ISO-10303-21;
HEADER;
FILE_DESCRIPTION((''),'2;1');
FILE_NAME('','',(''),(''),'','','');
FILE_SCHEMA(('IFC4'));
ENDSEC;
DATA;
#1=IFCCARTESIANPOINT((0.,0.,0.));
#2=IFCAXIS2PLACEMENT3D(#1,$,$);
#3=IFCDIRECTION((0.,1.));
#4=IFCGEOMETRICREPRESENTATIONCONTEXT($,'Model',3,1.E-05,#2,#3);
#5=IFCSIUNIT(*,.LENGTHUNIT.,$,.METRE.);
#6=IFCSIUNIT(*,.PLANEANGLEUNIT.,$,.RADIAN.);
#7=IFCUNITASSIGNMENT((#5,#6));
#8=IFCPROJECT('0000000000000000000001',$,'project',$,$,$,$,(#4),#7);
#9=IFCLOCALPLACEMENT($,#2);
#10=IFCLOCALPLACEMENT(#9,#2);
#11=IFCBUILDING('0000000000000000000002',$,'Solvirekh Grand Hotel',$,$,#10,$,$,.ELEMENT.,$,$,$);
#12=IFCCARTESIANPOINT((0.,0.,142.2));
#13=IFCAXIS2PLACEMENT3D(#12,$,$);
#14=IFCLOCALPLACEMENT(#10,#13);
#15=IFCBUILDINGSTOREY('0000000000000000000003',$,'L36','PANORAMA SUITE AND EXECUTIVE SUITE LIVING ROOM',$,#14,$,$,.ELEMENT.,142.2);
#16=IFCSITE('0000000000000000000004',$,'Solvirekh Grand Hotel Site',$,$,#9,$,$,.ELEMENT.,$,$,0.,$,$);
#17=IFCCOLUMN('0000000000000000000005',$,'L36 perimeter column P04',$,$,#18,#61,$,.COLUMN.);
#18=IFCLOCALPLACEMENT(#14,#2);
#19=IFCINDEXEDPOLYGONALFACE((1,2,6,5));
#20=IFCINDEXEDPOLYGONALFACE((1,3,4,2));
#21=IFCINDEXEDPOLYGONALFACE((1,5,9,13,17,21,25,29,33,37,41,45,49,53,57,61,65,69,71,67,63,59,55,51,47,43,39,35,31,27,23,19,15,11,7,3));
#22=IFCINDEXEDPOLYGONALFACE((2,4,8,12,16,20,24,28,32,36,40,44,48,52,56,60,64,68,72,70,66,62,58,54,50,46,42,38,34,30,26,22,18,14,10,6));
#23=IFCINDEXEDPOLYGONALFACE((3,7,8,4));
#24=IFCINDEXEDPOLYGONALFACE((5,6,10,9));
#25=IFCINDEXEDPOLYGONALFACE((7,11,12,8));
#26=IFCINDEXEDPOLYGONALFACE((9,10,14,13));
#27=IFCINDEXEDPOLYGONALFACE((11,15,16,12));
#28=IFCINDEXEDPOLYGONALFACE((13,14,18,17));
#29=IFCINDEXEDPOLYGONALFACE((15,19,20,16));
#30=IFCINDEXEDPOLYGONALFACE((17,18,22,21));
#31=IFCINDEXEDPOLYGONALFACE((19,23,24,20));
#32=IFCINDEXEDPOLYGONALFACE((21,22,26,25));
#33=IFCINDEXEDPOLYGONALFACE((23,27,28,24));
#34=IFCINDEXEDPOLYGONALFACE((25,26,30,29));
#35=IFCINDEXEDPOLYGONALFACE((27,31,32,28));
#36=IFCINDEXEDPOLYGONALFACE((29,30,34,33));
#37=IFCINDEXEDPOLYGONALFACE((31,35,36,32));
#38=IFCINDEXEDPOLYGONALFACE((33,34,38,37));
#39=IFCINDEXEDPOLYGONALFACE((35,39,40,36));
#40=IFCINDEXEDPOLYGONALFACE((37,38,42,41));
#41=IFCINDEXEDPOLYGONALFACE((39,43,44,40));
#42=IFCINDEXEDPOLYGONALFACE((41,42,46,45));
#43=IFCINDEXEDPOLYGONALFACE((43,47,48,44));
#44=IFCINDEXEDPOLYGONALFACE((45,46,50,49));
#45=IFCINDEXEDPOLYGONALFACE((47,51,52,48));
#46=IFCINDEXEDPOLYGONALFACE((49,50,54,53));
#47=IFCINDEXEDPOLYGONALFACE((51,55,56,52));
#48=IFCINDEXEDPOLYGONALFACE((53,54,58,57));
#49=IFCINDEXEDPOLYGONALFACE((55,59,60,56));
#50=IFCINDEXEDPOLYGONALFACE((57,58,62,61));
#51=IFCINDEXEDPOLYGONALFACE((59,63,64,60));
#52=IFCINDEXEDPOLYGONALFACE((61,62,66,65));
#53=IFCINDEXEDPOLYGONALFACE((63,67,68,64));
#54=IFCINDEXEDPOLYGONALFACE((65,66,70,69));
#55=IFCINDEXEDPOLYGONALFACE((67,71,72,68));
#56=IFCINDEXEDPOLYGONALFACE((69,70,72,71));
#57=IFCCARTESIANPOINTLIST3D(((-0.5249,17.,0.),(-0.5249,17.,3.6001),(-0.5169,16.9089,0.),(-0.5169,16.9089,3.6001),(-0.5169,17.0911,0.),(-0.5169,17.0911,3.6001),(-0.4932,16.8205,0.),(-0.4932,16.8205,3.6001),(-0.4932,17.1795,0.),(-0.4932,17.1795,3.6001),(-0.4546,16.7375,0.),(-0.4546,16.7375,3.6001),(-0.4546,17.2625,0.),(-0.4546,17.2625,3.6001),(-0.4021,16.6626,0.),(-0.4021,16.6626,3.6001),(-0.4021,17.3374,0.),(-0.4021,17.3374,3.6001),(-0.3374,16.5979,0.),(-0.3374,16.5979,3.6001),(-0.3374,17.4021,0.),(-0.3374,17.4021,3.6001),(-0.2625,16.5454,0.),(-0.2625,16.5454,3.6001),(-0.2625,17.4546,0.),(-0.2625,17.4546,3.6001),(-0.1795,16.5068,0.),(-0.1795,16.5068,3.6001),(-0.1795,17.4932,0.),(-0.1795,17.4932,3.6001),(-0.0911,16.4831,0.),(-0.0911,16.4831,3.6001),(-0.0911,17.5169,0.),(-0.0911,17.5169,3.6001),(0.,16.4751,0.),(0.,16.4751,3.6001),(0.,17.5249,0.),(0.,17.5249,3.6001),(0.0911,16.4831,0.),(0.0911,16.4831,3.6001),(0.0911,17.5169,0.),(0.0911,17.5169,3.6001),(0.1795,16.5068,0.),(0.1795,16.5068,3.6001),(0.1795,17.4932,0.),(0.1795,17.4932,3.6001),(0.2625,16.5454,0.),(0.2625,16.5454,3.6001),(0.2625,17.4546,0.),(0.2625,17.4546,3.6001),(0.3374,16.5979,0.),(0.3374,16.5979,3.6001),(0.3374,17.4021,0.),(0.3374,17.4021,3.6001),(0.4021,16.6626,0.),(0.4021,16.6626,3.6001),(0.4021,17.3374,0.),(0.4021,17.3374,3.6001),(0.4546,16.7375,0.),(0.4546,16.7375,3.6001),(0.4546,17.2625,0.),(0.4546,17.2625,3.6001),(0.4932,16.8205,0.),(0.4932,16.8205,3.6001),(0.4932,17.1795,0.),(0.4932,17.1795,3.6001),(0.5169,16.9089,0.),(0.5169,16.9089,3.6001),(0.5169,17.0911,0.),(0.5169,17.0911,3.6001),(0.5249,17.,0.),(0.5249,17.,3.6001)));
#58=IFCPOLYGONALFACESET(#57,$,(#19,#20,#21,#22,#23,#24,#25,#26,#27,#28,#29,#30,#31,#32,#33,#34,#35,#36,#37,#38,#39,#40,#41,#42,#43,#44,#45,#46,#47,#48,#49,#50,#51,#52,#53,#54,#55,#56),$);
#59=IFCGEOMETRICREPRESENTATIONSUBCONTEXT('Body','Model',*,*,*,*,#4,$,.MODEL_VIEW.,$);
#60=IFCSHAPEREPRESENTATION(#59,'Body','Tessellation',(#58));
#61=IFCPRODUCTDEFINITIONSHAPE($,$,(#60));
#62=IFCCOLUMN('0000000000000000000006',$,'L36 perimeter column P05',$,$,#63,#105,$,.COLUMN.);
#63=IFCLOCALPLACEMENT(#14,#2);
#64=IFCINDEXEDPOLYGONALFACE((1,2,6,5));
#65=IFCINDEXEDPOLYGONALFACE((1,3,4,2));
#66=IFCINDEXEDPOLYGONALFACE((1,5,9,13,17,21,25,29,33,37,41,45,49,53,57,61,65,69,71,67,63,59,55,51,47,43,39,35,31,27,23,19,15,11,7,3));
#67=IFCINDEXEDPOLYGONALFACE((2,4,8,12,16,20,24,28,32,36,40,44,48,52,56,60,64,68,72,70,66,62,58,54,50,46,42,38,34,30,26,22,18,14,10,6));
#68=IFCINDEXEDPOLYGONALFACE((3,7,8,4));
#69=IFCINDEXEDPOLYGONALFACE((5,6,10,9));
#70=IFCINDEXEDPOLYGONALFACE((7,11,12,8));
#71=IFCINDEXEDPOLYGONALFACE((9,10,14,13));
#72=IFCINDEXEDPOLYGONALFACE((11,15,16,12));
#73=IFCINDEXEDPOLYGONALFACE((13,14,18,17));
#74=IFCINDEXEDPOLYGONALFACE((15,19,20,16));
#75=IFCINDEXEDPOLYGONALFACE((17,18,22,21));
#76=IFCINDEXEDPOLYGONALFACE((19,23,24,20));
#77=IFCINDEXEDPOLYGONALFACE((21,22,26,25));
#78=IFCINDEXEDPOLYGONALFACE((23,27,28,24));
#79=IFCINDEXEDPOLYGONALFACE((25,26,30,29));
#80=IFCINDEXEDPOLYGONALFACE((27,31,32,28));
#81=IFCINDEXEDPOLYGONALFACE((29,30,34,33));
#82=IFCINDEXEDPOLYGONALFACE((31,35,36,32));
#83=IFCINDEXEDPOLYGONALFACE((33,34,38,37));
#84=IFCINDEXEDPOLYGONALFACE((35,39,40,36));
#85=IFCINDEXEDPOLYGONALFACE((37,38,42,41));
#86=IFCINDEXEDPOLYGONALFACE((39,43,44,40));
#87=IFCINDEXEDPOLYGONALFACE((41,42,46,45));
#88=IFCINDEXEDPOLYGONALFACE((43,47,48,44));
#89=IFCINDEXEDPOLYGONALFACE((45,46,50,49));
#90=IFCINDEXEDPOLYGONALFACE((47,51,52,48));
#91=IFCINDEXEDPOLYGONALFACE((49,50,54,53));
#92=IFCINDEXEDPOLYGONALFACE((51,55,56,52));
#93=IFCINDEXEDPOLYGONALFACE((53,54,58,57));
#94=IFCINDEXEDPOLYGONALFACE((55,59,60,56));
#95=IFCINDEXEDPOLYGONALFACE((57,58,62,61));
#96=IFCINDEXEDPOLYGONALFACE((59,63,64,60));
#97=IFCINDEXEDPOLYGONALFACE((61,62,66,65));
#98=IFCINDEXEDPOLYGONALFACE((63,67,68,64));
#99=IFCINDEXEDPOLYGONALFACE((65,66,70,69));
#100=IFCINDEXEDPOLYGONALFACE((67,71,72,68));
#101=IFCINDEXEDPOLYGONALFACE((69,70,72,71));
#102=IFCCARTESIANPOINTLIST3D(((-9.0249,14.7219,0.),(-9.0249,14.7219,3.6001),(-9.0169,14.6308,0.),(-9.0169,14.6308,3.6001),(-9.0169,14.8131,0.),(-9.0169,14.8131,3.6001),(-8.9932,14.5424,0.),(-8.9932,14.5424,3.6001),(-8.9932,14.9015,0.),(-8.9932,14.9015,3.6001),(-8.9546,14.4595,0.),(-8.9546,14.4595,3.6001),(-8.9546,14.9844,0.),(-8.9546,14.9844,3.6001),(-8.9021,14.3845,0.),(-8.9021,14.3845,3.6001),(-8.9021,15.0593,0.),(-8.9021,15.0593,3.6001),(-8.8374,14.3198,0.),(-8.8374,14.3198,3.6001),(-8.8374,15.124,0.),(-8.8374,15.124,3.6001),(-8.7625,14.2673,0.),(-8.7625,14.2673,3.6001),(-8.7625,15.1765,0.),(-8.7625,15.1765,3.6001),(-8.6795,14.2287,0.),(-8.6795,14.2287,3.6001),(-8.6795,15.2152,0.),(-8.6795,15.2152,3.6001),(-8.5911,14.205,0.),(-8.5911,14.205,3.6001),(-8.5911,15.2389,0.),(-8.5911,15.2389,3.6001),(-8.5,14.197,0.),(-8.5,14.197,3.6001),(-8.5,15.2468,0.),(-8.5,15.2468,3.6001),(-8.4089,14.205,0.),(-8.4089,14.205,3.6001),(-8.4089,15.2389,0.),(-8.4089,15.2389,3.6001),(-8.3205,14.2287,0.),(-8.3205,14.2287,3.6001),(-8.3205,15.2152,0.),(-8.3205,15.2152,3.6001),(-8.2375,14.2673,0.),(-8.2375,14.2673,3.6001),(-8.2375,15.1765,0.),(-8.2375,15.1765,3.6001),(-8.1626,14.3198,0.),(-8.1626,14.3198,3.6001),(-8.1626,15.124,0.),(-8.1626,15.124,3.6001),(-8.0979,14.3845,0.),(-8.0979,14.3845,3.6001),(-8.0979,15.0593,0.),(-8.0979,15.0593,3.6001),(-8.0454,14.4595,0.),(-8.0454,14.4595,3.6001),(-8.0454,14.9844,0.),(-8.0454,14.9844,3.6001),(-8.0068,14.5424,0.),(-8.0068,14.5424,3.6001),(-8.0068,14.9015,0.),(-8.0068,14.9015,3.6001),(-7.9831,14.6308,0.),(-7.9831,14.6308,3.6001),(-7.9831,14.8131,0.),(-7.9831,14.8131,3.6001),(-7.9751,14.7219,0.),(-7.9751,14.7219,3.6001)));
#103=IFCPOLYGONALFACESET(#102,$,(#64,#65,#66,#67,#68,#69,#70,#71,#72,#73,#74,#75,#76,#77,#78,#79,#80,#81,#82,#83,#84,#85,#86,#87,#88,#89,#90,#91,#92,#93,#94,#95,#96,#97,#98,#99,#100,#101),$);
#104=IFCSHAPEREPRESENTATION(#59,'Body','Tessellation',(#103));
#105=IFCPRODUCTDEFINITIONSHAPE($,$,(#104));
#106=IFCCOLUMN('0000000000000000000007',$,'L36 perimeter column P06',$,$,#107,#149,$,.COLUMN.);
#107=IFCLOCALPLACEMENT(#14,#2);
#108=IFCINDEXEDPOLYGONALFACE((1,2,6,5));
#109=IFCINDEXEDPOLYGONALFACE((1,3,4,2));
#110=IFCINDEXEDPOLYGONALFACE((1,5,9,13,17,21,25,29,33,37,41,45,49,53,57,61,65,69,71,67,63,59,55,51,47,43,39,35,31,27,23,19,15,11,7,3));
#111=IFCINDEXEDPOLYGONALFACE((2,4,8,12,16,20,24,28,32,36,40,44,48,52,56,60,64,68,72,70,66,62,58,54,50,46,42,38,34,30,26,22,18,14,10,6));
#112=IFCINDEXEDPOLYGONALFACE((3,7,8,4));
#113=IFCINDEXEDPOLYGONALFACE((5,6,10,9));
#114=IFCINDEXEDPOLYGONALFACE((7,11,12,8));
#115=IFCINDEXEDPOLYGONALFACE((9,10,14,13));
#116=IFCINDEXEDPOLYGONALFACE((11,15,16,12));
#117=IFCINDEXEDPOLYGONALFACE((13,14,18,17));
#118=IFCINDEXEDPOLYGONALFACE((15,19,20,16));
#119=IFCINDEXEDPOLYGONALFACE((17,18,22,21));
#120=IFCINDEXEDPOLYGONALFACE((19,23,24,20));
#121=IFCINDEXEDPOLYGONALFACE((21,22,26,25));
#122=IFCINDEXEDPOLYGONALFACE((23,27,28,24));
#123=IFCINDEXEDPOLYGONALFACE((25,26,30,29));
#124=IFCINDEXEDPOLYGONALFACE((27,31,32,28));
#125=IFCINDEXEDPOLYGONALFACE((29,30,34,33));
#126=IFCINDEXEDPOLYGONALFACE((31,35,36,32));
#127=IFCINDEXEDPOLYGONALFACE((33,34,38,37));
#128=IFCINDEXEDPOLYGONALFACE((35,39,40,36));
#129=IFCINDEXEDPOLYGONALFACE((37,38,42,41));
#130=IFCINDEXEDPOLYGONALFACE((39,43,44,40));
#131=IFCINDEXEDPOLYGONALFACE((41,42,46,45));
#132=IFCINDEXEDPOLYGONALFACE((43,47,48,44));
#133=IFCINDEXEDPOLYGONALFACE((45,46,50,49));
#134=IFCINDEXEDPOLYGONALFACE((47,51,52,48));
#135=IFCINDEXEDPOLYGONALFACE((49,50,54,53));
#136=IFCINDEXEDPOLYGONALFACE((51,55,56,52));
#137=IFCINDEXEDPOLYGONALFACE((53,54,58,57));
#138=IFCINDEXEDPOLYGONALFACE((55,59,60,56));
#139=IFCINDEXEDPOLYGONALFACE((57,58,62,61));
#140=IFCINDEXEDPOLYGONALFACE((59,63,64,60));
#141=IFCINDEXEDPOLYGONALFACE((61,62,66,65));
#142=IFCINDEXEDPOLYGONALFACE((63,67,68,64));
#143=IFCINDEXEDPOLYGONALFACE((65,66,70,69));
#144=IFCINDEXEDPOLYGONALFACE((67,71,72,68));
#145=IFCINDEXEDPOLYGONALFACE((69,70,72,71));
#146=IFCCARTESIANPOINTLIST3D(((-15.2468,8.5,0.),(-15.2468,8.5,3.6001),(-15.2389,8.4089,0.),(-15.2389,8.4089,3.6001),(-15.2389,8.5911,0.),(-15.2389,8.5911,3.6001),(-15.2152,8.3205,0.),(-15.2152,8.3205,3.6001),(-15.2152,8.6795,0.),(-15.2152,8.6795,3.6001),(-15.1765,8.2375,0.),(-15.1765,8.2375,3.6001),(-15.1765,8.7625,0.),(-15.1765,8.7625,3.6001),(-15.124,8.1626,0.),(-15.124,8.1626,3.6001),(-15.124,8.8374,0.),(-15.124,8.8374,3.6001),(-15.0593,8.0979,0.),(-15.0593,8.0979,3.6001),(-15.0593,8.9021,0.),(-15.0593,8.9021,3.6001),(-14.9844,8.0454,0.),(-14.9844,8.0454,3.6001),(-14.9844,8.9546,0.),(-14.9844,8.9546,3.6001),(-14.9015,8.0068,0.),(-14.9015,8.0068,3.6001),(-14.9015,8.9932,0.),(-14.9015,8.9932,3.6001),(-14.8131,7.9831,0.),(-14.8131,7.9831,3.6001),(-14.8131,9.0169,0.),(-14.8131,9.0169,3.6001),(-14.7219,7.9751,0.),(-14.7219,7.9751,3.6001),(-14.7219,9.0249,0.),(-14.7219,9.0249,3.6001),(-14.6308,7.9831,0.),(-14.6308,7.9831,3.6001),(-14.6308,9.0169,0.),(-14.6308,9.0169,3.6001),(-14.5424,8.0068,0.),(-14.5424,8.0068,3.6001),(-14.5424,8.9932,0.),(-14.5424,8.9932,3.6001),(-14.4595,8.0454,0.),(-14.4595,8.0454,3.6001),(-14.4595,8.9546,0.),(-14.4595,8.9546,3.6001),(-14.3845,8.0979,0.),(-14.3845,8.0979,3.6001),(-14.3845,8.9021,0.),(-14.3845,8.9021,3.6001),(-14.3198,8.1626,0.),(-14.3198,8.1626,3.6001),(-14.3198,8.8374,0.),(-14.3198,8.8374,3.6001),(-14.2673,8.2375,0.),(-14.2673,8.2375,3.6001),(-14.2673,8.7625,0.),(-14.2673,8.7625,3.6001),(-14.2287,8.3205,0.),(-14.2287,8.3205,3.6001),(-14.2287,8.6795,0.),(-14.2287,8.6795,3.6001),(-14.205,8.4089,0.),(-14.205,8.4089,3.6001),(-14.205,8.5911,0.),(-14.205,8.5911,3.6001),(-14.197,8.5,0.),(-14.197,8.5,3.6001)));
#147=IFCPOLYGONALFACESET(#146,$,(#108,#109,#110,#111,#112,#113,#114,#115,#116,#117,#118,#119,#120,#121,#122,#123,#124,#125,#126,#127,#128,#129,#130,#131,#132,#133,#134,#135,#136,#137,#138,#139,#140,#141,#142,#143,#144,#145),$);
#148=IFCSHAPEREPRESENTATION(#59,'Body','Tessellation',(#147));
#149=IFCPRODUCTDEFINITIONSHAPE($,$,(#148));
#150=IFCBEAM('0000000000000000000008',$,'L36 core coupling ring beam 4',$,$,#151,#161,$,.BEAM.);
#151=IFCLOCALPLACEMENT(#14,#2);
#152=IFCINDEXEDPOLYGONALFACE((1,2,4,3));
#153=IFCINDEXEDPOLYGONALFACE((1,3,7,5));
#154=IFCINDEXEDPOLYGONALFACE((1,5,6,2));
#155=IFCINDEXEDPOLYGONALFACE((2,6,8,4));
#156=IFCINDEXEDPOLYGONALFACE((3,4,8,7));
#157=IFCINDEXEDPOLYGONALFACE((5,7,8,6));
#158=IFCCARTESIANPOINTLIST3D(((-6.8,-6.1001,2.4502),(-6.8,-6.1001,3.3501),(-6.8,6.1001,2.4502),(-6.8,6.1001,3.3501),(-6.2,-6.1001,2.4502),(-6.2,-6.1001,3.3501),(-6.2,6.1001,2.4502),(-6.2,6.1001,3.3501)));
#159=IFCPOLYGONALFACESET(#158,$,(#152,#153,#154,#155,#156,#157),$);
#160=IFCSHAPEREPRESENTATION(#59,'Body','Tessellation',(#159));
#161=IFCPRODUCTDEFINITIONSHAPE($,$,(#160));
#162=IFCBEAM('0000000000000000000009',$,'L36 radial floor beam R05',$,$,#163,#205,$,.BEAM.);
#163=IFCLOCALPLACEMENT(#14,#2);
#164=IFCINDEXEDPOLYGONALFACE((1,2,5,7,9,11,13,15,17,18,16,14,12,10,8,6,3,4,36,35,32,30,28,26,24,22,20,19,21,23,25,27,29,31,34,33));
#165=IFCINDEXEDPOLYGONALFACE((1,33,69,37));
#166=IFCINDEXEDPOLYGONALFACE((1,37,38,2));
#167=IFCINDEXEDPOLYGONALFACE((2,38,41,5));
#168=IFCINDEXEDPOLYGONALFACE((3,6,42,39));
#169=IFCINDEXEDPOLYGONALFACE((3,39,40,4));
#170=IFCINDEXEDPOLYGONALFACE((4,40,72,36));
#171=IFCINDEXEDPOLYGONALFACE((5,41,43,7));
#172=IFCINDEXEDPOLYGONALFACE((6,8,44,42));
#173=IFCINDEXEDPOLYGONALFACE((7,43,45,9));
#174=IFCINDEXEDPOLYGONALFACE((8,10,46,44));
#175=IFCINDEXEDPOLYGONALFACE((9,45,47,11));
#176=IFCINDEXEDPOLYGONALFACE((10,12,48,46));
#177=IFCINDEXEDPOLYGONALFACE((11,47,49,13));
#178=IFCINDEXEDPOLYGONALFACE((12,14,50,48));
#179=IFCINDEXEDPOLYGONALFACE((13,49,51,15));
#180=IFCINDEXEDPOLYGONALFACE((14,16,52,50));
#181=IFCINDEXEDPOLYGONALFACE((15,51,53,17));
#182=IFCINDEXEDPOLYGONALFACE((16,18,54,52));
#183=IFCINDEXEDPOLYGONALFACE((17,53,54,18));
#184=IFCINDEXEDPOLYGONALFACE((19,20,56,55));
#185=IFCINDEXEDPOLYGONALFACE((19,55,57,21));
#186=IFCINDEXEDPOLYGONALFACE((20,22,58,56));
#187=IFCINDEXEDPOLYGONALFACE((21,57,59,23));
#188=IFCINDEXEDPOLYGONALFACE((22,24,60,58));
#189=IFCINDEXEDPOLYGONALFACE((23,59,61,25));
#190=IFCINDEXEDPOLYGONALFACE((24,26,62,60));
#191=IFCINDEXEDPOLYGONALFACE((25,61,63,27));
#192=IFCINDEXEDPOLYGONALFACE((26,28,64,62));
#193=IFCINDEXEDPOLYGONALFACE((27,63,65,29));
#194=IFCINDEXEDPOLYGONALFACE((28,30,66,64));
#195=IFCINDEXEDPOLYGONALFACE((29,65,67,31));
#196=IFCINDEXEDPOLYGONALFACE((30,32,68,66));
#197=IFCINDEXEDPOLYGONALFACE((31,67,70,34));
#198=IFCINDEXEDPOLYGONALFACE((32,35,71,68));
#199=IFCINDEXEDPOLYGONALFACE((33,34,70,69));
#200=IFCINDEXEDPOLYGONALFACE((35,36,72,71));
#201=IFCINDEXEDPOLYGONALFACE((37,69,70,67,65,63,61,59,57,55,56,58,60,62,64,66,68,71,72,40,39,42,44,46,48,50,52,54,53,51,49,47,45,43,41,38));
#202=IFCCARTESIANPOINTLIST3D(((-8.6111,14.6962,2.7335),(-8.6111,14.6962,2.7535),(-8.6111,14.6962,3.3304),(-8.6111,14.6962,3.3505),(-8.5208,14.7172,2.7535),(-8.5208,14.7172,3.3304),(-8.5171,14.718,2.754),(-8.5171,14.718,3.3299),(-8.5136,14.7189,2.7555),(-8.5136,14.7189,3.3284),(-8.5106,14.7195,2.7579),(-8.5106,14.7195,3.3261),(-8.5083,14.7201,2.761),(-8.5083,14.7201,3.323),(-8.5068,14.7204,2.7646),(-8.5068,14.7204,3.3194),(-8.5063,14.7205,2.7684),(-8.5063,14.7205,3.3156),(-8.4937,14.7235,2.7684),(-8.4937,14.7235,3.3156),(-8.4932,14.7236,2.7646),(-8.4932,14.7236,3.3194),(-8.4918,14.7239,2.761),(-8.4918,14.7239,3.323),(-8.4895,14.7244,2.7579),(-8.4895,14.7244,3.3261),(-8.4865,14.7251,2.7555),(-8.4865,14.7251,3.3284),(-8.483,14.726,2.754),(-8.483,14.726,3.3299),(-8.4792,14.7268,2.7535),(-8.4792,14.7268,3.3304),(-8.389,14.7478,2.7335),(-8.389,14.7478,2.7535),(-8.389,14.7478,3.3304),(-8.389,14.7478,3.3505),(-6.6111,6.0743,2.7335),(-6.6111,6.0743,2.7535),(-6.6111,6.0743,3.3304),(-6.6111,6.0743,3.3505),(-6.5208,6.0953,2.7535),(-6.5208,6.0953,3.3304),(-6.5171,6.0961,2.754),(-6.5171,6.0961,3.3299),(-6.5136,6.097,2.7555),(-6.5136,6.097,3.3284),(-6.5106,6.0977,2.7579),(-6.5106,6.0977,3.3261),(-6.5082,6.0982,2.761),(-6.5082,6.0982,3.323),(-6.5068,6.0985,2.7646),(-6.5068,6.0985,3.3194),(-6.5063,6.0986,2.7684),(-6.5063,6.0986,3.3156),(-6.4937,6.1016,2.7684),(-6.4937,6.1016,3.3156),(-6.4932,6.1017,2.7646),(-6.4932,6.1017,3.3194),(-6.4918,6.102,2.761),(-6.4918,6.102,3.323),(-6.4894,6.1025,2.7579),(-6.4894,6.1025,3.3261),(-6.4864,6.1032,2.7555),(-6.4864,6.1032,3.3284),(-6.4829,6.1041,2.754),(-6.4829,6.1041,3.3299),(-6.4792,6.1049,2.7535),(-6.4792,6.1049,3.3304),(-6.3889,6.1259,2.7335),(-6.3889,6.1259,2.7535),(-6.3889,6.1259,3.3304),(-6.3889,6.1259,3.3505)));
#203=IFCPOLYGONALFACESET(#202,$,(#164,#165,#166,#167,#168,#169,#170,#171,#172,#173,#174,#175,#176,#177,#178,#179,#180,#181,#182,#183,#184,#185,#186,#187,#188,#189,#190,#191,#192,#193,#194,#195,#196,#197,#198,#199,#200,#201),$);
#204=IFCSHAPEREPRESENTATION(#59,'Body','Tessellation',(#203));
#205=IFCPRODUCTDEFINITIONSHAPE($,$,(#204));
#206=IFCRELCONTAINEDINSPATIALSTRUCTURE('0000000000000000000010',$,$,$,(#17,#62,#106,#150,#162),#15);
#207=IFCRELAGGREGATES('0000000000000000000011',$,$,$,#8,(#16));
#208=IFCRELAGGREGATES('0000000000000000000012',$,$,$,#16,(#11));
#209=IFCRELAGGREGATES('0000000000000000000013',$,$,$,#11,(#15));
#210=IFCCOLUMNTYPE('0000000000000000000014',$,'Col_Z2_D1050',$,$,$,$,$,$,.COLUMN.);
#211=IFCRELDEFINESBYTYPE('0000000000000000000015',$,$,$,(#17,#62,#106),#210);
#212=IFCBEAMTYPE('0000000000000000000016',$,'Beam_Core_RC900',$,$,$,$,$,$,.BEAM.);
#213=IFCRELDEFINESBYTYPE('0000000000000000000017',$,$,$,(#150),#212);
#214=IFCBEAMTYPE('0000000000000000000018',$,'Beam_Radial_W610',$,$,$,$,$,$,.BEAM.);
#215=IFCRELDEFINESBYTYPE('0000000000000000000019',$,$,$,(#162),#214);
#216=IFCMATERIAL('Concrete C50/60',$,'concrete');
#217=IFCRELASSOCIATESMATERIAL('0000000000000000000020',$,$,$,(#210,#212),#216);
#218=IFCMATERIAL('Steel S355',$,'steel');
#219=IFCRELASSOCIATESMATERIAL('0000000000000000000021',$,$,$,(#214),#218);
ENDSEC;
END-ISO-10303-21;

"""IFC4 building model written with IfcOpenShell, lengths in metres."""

from ifc_helpers import new_model, si_unit, direction, frame, origin, origin_2d, place, context, subcontext, project, spatial, rectangle, circle, i_section, extrude, material, material_profile, profile_set, type_object, element, save


model = new_model("IFC4")

# Units and contexts
model_context = context("Model", 3, precision=1e-05, world=origin(), true_north=direction((0.0, 1.0)))
body_context = subcontext(model_context, "Body", "Model", "MODEL_VIEW")
ifc_project = project(units=[si_unit("LENGTHUNIT", "METRE"), si_unit("PLANEANGLEUNIT", "RADIAN")], contexts=[model_context])

# Site, building, storey
site_placement = place(None, origin())
site = spatial("IfcSite", under=ifc_project, at=site_placement, Name="Solvirekh Grand Hotel Site", CompositionType="ELEMENT", RefElevation=0.0)
building_placement = place(site_placement, origin())
building = spatial("IfcBuilding", under=site, at=building_placement, Name="Solvirekh Grand Hotel", CompositionType="ELEMENT")
storey_placement = place(building_placement, frame((0.0, 0.0, 142.2)))
storey = spatial("IfcBuildingStorey", under=building, at=storey_placement, Name="L36", Description="PANORAMA SUITE AND EXECUTIVE SUITE LIVING ROOM", CompositionType="ELEMENT", Elevation=142.2)

# Columns
ifc_material_1 = material(Name="Concrete C50/60", Category="concrete")
ifc_material_profile_1 = material_profile(ifc_material_1, circle(Radius=0.5249, at=origin_2d()), Name="RC CIRC D1050")
ifc_profile_set_1 = profile_set([ifc_material_profile_1], Name="Concrete C50/60")
column_type = type_object("IfcColumnType", Name="Col_Z2_D1050", PredefinedType="COLUMN", material=ifc_profile_set_1)
for number, where, z_axis, x_axis, name in (
    (1, (0.0, 17.0, 0.0), (0.0, 0.0, 1.0), (1.0, 0.0, 0.0), "L36 perimeter column P04"),
    (2, (-8.5, 14.7219, 0.0), (0.0, 0.0, 1.0), (1.0, 0.0, 0.0), "L36 perimeter column P05"),
    (3, (-14.7219, 8.5, 0.0), (0.0, 0.0, 1.0), (1.0, 0.0, 0.0), "L36 perimeter column P06"),
):
    element("IfcColumn", number, at=place(storey_placement, frame(where, z_axis=z_axis, x_axis=x_axis)), inside=storey, type_object=column_type, Name=name, PredefinedType="COLUMN", context=body_context, shape_type="SweptSolid", body=[
        extrude(circle(Radius=0.5249, at=origin_2d()), origin(), (0.0, 0.0, 1.0), 3.6001),
    ])

# Beams
ifc_material_profile_2 = material_profile(ifc_material_1, rectangle(XDim=0.6001, YDim=0.8999, at=origin_2d()), Name="RC BEAM 600X900")
ifc_profile_set_2 = profile_set([ifc_material_profile_2], Name="Concrete C50/60")
beam_type_1 = type_object("IfcBeamType", Name="Beam_Core_RC900", PredefinedType="BEAM", material=ifc_profile_set_2)
beam_1_placement = place(storey_placement, frame((-6.5, 6.1001, 2.9001), z_axis=(0.0, -1.0, 0.0), x_axis=(1.0, 0.0, 0.0)))
element("IfcBeam", 4, at=beam_1_placement, inside=storey, type_object=beam_type_1, Name="L36 core coupling ring beam 4", PredefinedType="BEAM", context=body_context, shape_type="SweptSolid", body=[
    extrude(rectangle(XDim=0.6001, YDim=0.8999, at=origin_2d()), origin(), (0.0, 0.0, 1.0), 12.2002),
])
ifc_material_2 = material(Name="Steel S355", Category="steel")
ifc_material_profile_3 = material_profile(ifc_material_2, i_section(OverallWidth=0.228, OverallDepth=0.6169, WebThickness=0.0129, FlangeThickness=0.02, FilletRadius=0.0149, at=origin_2d()), Name="W610X140")
ifc_profile_set_3 = profile_set([ifc_material_profile_3], Name="Steel S355")
beam_type_2 = type_object("IfcBeamType", Name="Beam_Radial_W610", PredefinedType="BEAM", material=ifc_profile_set_3)
beam_2_placement = place(storey_placement, frame((-6.5, 6.1001, 3.042), z_axis=(-0.225969, 0.974134, 0.0), x_axis=(-0.974134, -0.225969, 0.0)))
element("IfcBeam", 5, at=beam_2_placement, inside=storey, type_object=beam_type_2, Name="L36 radial floor beam R05", PredefinedType="BEAM", context=body_context, shape_type="SweptSolid", body=[
    extrude(i_section(OverallWidth=0.228, OverallDepth=0.6169, WebThickness=0.0129, FlangeThickness=0.02, FilletRadius=0.0149, at=origin_2d()), origin(), (0.0, 0.0, 1.0), 8.8508),
])

save(model, "model.ifc")
